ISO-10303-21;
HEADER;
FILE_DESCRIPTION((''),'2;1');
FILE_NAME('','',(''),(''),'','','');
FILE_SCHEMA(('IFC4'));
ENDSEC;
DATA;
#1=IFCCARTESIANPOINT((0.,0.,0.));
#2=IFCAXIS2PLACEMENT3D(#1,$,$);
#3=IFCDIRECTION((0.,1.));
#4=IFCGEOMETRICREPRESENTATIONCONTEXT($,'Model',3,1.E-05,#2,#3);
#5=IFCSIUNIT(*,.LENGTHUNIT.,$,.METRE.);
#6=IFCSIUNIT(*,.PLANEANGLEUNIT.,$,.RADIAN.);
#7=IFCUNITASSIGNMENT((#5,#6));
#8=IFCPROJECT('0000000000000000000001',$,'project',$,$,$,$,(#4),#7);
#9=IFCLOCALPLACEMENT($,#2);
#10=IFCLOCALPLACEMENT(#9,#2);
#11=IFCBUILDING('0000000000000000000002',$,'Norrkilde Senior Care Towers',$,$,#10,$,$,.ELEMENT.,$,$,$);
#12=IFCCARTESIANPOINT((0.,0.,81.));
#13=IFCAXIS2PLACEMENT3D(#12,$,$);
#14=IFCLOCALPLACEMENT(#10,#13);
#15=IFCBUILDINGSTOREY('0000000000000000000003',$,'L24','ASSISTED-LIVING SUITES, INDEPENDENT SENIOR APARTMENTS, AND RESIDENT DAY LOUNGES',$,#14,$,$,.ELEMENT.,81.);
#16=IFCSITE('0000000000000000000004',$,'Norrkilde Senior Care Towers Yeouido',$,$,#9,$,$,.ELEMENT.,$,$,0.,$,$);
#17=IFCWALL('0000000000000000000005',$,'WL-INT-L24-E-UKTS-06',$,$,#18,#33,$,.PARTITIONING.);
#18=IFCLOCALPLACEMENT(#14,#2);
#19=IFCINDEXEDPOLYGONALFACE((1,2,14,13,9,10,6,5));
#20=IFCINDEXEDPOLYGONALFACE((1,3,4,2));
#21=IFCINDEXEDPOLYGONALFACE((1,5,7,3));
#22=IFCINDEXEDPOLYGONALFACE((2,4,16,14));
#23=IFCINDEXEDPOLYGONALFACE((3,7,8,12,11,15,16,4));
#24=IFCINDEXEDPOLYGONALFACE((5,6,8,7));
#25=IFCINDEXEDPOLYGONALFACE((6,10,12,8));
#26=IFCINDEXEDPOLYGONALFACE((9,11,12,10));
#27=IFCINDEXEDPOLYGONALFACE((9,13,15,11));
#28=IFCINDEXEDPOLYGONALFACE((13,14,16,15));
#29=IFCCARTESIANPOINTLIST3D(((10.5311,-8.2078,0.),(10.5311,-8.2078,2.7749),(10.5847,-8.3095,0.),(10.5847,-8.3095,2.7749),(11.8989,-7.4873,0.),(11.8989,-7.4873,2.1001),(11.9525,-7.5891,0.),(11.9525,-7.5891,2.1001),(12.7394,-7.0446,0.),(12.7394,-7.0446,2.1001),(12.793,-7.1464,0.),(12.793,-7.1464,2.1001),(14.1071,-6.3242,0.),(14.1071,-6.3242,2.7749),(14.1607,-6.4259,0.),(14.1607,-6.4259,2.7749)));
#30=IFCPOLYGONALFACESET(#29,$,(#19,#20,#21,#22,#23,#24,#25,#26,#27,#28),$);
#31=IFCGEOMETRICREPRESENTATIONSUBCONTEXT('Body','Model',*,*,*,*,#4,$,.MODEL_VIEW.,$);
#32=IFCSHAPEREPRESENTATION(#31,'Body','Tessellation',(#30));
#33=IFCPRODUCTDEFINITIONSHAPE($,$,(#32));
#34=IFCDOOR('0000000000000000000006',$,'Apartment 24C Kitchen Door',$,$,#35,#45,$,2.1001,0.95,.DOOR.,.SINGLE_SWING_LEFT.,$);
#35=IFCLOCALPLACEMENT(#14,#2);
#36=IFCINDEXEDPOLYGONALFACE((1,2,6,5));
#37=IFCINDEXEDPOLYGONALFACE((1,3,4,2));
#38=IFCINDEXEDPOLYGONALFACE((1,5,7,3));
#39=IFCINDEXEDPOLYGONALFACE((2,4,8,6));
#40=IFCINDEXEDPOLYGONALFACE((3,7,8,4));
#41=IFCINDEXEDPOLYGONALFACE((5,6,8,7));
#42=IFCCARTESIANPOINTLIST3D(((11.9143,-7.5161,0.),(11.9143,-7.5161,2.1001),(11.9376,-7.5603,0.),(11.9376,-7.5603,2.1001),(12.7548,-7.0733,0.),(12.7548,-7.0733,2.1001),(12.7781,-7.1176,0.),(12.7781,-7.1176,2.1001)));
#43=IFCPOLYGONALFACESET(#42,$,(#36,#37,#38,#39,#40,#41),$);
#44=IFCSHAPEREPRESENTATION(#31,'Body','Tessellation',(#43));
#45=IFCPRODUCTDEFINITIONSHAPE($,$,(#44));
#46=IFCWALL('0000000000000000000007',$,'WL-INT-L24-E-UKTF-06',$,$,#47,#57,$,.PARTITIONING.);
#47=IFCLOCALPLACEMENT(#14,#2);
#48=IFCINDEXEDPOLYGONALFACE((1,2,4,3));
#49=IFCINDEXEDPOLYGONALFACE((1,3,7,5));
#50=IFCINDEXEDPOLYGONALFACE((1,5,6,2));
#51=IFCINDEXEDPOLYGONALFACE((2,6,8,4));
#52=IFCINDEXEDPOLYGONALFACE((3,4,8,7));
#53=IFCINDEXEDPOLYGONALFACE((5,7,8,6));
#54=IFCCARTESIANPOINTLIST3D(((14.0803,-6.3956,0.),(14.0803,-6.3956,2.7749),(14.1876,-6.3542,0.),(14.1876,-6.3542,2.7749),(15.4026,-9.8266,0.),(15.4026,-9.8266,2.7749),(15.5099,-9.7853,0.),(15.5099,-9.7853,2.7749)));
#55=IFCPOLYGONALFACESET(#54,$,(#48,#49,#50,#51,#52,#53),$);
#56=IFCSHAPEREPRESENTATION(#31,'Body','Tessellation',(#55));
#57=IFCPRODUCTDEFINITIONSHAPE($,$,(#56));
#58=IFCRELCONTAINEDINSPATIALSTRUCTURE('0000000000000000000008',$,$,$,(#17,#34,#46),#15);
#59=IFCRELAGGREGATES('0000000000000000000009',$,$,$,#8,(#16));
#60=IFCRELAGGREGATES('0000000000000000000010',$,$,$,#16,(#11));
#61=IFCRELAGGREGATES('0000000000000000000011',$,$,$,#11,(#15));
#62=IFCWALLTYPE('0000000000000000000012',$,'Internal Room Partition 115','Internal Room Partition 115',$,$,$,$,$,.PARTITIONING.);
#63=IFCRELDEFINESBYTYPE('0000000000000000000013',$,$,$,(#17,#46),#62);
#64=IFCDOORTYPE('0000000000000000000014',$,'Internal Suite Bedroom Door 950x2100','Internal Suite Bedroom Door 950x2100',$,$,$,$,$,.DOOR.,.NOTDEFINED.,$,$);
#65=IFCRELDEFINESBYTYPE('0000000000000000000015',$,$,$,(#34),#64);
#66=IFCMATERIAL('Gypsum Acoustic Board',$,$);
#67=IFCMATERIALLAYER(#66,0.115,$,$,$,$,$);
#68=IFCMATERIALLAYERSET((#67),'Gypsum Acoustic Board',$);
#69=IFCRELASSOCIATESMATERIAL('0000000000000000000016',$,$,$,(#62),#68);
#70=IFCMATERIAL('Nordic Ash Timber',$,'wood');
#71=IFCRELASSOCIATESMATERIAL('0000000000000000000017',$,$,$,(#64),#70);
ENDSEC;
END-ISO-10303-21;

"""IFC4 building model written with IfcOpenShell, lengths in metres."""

from ifc_helpers import new_model, si_unit, direction, frame, frame_2d, origin, place, context, subcontext, project, spatial, rectangle, extrude, source, transform, mapped, material, layer, layer_set, type_object, type_shapes, element, fill, save


model = new_model("IFC4")

# Units and contexts
model_context = context("Model", 3, precision=1e-05, world=origin(), true_north=direction((0.0, 1.0)))
body_context = subcontext(model_context, "Body", "Model", "MODEL_VIEW")
ifc_project = project(units=[si_unit("LENGTHUNIT", "METRE"), si_unit("PLANEANGLEUNIT", "RADIAN")], contexts=[model_context])

# Site, building, storey
site_placement = place(None, origin())
site = spatial("IfcSite", under=ifc_project, at=site_placement, Name="Norrkilde Senior Care Towers Yeouido", CompositionType="ELEMENT", RefElevation=0.0)
building_placement = place(site_placement, origin())
building = spatial("IfcBuilding", under=site, at=building_placement, Name="Norrkilde Senior Care Towers", CompositionType="ELEMENT")
storey_placement = place(building_placement, frame((0.0, 0.0, 81.0)))
storey = spatial("IfcBuildingStorey", under=building, at=storey_placement, Name="L24", Description="ASSISTED-LIVING SUITES, INDEPENDENT SENIOR APARTMENTS, AND RESIDENT DAY LOUNGES", CompositionType="ELEMENT", Elevation=81.0)

# Shared definitions
ifc_material_1 = material(Name="Gypsum Acoustic Board")
ifc_material_2 = material(Name="Nordic Ash Timber", Category="wood")

# Shared definitions
ifc_layer_1 = layer(ifc_material_1, 0.115)
ifc_layer_set_1 = layer_set([ifc_layer_1], Name="Gypsum Acoustic Board")
wall_type_1 = type_object("IfcWallType", Name="Internal Room Partition 115", Description="Internal Room Partition 115", PredefinedType="PARTITIONING", material=ifc_layer_set_1)
door_type_1 = type_object("IfcDoorType", Name="Internal Suite Bedroom Door 950x2100", Description="Internal Suite Bedroom Door 950x2100", OperationType="NOTDEFINED", PredefinedType="DOOR", material=ifc_material_2)
shared_shape_1 = source(origin(), body_context, "Body", "SweptSolid", [
    extrude(rectangle(XDim=0.95, YDim=2.1001, at=frame_2d((0.4751, 1.05))), frame((0.0, 0.0249, 0.0), z_axis=(0.0, -1.0, 0.0), x_axis=(1.0, 0.0, 0.0)), (0.0, 0.0, 1.0), 0.05),
])
type_shapes(door_type_1, [shared_shape_1])

# Wall, opening, door
shared_shape_2 = source(origin(), body_context, "Body", "SweptSolid", [
    extrude(rectangle(XDim=4.0417, YDim=0.115, at=frame_2d((2.021, 0.0))), origin(), (0.0, 0.0, 1.0), 2.7749),
])
wall_1_placement = place(storey_placement, frame((14.134, -6.375, 0.0), z_axis=(0.0, 0.0, 1.0), x_axis=(-0.884767, -0.466033, 0.0)))
wall_1 = element("IfcWall", 1, at=wall_1_placement, inside=storey, type_object=wall_type_1, Name="WL-INT-L24-E-UKTS-06", PredefinedType="PARTITIONING", context=body_context, shape_type="MappedRepresentation", body=[
    mapped(shared_shape_2, transform((0.0, 0.0, 0.0), x_axis=(1.0, 0.0, 0.0), y_axis=(0.0, 1.0, 0.0), z_axis=(0.0, 0.0, 1.0), scale=1.0)),
])
opening_1_placement = place(wall_1_placement, frame((1.5459, 0.0, 0.0)))
opening_1 = element("IfcOpeningElement", 2, at=opening_1_placement, cuts=wall_1, PredefinedType="OPENING", context=body_context, shape_type="SweptSolid", body=[
    extrude(rectangle(XDim=0.95, YDim=2.1001, at=frame_2d((0.4751, 1.05))), frame((0.0, 0.0674, 0.0), z_axis=(0.0, -1.0, 0.0), x_axis=(1.0, 0.0, 0.0)), (0.0, 0.0, 1.0), 0.135),
])
door_1_placement = place(opening_1_placement, frame((0.95, 0.0, 0.0), z_axis=(0.0, 0.0, 1.0), x_axis=(-1.0, 0.0, 0.0)))
door_1 = element("IfcDoor", 3, at=door_1_placement, inside=storey, type_object=door_type_1, Name="Apartment 24C Kitchen Door", OperationType="SINGLE_SWING_LEFT", OverallHeight=2.1001, OverallWidth=0.95, PredefinedType="DOOR", context=body_context, shape_type="MappedRepresentation", body=[
    mapped(shared_shape_1, transform((0.0, 0.0, 0.0), x_axis=(1.0, 0.0, 0.0), y_axis=(0.0, 1.0, 0.0), z_axis=(0.0, 0.0, 1.0), scale=1.0)),
])
fill(opening_1, door_1)

# Wall
shared_shape_3 = source(origin(), body_context, "Body", "SweptSolid", [
    extrude(rectangle(XDim=3.677, YDim=0.115, at=frame_2d((1.8384, 0.0))), origin(), (0.0, 0.0, 1.0), 2.7749),
])
wall_2_placement = place(storey_placement, frame((14.134, -6.375, 0.0), z_axis=(0.0, 0.0, 1.0), x_axis=(0.359593, -0.933109, 0.0)))
element("IfcWall", 4, at=wall_2_placement, inside=storey, type_object=wall_type_1, Name="WL-INT-L24-E-UKTF-06", PredefinedType="PARTITIONING", context=body_context, shape_type="MappedRepresentation", body=[
    mapped(shared_shape_3, transform((0.0, 0.0, 0.0), x_axis=(1.0, 0.0, 0.0), y_axis=(0.0, 1.0, 0.0), z_axis=(0.0, 0.0, 1.0), scale=1.0)),
])

save(model, "model.ifc")
